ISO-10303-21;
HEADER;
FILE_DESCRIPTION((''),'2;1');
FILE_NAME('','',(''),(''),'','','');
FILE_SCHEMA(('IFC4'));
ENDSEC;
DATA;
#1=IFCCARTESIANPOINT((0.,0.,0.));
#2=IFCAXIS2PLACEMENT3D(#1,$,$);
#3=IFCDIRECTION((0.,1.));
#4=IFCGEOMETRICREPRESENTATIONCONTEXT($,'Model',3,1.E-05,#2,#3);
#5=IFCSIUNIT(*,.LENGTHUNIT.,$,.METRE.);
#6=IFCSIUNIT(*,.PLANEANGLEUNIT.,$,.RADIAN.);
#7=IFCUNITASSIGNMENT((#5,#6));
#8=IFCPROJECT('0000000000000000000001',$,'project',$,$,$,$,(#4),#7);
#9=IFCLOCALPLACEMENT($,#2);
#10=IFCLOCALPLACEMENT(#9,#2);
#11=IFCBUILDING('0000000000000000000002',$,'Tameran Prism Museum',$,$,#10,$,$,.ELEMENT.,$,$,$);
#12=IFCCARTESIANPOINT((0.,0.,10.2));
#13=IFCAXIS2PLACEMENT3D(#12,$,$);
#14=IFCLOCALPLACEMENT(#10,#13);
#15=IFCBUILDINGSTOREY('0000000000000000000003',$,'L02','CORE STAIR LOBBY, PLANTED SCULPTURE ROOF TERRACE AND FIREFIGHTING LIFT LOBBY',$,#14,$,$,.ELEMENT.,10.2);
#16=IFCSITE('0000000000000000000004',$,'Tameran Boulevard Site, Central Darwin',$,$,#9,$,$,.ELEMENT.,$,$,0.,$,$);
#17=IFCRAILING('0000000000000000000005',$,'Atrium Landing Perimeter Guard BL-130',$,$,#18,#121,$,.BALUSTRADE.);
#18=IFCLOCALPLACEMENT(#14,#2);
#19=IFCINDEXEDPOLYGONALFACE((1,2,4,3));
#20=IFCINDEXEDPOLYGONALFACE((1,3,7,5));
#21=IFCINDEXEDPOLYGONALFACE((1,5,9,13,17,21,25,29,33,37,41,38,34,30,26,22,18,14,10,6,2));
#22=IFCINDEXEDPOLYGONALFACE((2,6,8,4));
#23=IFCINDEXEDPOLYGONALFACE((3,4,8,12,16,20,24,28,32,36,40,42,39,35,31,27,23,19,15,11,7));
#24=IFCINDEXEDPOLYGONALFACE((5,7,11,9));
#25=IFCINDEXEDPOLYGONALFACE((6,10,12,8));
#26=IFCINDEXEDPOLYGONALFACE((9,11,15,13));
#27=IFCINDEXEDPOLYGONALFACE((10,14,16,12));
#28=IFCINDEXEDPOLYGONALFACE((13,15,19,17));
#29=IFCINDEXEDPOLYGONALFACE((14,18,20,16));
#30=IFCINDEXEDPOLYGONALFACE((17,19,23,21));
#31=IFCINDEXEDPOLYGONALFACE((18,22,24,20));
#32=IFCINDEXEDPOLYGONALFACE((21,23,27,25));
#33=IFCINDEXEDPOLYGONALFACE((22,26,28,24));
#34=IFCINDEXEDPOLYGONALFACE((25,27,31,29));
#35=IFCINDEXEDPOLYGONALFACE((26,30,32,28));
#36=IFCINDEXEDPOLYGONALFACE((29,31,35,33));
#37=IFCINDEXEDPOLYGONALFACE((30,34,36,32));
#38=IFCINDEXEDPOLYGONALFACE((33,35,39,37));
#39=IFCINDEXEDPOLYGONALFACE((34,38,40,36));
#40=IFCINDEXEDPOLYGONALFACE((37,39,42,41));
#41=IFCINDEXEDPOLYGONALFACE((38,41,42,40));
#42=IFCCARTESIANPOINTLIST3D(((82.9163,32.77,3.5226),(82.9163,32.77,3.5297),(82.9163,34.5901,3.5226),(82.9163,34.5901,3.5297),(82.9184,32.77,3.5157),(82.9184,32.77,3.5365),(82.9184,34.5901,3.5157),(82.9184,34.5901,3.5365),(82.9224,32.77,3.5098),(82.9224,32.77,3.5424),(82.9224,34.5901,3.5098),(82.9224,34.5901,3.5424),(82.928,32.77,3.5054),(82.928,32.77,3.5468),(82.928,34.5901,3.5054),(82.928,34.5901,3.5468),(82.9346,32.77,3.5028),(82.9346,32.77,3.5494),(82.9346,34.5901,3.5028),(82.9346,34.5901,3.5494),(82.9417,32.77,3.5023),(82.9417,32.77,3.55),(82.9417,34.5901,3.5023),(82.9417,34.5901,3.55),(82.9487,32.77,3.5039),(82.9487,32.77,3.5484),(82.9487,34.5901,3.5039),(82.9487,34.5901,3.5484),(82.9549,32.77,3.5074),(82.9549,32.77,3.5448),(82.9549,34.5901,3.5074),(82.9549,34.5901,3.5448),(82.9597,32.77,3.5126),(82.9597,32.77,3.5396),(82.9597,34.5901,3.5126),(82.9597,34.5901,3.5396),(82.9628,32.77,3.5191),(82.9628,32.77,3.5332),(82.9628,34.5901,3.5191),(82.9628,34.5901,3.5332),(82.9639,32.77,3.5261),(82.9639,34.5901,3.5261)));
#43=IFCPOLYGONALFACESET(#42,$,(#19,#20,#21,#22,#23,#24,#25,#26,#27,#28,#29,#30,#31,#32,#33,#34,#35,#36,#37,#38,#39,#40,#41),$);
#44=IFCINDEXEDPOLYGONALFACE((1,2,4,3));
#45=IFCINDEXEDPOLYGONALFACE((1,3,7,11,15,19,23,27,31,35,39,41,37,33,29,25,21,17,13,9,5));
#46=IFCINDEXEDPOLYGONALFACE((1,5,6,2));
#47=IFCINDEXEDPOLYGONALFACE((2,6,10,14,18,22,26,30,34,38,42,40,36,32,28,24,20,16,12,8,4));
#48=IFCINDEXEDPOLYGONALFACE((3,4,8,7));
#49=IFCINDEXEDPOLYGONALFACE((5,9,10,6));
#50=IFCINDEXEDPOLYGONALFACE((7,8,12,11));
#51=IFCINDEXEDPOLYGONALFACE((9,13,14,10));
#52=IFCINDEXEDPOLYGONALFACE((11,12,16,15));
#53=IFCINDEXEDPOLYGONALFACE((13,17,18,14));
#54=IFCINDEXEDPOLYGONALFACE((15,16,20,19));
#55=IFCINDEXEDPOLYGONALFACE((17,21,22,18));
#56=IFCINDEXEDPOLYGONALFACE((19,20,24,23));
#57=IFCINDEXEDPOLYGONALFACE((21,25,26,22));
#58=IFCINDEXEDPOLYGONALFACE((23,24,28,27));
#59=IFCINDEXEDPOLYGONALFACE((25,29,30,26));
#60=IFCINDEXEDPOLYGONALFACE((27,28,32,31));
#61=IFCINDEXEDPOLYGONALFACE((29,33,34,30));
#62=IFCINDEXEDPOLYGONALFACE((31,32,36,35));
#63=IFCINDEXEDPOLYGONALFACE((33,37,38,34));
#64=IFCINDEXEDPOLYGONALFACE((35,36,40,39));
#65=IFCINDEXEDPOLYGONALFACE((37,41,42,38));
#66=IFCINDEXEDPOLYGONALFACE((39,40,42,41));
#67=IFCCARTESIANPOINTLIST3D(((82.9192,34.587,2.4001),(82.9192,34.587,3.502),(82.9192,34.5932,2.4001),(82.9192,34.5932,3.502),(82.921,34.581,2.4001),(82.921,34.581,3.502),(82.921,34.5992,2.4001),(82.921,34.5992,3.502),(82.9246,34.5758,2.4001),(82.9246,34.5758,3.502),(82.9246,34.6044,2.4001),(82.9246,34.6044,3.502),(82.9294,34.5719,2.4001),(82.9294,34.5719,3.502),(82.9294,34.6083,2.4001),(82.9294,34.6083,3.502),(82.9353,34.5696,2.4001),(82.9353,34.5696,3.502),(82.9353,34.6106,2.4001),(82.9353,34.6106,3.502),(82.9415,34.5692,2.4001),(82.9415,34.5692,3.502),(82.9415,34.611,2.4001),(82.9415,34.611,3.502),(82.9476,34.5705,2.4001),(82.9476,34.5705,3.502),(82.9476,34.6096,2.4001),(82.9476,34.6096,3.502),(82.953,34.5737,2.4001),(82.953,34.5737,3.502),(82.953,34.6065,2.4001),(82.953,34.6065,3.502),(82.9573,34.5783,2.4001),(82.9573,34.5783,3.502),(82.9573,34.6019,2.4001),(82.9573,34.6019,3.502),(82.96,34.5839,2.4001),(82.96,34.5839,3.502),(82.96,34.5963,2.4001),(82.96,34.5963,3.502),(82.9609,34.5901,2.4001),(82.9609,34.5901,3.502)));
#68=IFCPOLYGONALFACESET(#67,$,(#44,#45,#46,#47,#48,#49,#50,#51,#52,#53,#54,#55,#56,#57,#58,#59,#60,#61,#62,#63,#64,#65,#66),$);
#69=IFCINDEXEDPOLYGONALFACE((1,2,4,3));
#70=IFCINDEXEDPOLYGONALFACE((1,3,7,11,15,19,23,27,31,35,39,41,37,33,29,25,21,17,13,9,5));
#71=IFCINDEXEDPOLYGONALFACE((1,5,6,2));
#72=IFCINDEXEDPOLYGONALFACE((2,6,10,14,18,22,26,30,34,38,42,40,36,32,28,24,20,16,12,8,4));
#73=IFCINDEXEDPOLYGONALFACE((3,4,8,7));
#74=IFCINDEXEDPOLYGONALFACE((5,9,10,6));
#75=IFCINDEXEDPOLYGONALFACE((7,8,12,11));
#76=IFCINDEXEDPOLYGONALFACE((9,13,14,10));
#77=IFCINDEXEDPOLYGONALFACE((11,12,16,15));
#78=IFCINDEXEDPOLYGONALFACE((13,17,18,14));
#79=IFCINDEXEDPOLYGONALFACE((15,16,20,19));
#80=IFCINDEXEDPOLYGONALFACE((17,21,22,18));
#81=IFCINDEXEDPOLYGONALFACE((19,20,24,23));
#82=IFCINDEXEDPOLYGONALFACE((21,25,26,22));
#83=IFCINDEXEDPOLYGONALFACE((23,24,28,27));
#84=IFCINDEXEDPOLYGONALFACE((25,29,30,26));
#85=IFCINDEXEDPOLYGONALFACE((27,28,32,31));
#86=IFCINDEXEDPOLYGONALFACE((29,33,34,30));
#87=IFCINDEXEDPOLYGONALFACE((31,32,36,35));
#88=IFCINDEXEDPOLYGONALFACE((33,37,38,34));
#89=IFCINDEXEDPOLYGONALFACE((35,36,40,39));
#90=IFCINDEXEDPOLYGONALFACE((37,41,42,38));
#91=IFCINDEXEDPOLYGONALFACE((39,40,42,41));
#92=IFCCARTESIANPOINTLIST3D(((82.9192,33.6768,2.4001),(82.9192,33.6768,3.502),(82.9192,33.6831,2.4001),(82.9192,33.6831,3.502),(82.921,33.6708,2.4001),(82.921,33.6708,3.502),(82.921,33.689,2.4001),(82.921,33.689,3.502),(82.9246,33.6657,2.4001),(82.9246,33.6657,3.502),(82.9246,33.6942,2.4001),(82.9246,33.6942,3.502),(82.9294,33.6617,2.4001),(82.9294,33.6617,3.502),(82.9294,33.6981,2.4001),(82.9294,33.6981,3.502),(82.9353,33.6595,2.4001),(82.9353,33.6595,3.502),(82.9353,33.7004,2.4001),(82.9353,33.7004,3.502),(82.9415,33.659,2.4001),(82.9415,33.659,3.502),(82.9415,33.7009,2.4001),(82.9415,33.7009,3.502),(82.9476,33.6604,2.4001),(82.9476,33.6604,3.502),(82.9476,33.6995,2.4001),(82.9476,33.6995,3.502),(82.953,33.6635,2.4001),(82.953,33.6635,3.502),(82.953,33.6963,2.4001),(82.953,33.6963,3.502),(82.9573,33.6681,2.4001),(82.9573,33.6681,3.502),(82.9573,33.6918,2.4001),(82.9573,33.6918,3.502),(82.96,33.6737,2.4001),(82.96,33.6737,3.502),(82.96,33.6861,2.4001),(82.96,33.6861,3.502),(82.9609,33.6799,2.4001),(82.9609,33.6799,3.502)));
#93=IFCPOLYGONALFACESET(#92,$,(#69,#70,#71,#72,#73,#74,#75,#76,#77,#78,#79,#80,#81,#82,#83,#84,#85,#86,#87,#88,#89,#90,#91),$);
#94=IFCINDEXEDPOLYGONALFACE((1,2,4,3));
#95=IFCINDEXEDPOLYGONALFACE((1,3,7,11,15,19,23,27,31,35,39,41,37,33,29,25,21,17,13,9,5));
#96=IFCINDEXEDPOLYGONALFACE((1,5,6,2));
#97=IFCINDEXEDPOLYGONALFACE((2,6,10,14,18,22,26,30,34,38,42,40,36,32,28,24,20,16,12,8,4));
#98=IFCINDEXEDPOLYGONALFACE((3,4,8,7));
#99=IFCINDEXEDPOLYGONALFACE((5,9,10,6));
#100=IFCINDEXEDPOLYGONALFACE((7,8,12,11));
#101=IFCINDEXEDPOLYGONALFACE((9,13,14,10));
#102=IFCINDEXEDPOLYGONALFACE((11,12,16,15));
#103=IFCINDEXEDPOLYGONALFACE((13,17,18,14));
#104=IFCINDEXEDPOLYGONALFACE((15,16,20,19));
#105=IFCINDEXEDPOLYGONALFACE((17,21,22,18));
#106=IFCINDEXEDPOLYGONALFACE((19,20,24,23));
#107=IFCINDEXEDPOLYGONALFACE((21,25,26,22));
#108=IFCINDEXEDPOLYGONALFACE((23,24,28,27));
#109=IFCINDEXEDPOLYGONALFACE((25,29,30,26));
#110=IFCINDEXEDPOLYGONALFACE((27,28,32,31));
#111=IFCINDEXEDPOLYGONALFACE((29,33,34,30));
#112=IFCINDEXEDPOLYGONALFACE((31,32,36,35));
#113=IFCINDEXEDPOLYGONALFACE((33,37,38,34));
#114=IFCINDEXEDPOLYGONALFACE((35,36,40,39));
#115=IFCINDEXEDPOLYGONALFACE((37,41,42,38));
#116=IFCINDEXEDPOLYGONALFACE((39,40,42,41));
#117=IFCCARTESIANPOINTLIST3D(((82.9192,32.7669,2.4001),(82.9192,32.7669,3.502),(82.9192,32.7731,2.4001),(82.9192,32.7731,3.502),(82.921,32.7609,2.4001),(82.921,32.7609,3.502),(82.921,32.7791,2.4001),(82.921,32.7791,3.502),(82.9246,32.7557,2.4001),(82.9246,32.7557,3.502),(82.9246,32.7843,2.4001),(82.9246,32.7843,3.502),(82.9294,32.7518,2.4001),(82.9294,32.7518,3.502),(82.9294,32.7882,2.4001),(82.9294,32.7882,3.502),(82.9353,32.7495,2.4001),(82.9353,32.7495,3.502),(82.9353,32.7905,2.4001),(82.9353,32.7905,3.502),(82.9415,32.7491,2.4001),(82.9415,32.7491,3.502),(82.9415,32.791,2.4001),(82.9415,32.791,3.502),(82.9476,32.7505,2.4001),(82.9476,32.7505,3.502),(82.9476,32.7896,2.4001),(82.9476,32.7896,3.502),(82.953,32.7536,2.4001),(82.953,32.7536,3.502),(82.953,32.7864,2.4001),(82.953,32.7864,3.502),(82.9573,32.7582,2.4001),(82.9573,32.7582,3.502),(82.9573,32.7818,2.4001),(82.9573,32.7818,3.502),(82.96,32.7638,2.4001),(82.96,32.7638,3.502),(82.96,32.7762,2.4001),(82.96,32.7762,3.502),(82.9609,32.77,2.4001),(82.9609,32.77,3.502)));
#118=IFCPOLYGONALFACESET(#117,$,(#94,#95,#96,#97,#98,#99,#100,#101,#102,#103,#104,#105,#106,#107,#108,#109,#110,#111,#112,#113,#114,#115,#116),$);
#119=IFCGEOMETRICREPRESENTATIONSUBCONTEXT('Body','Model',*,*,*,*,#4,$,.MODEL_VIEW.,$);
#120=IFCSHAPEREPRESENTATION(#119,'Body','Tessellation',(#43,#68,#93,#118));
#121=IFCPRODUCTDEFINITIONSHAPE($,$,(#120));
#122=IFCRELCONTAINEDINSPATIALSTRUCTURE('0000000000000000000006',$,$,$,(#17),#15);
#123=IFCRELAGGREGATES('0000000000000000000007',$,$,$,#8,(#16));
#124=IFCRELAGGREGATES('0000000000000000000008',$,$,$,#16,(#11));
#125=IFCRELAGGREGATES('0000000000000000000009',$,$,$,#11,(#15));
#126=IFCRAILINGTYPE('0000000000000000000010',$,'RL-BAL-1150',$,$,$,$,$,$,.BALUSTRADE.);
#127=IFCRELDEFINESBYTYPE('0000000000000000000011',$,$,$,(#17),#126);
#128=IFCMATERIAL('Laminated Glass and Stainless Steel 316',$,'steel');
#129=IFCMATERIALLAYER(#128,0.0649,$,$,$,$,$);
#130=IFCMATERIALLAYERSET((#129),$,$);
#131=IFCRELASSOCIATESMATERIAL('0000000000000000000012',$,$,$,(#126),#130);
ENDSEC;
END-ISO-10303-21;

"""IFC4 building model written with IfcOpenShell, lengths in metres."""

from ifc_helpers import new_model, si_unit, direction, frame, origin, origin_2d, place, context, subcontext, project, spatial, circle, extrude, material, layer, layer_set, type_object, element, save


model = new_model("IFC4")

# Units and contexts
model_context = context("Model", 3, precision=1e-05, world=origin(), true_north=direction((0.0, 1.0)))
body_context = subcontext(model_context, "Body", "Model", "MODEL_VIEW")
ifc_project = project(units=[si_unit("LENGTHUNIT", "METRE"), si_unit("PLANEANGLEUNIT", "RADIAN")], contexts=[model_context])

# Site, building, storey
site_placement = place(None, origin())
site = spatial("IfcSite", under=ifc_project, at=site_placement, Name="Tameran Boulevard Site, Central Darwin", CompositionType="ELEMENT", RefElevation=0.0)
building_placement = place(site_placement, origin())
building = spatial("IfcBuilding", under=site, at=building_placement, Name="Tameran Prism Museum", CompositionType="ELEMENT")
storey_placement = place(building_placement, frame((0.0, 0.0, 10.2)))
storey = spatial("IfcBuildingStorey", under=building, at=storey_placement, Name="L02", Description="CORE STAIR LOBBY, PLANTED SCULPTURE ROOF TERRACE AND FIREFIGHTING LIFT LOBBY", CompositionType="ELEMENT", Elevation=10.2)

# Railing
ifc_material_1 = material(Name="Laminated Glass and Stainless Steel 316", Category="steel")
ifc_layer_1 = layer(ifc_material_1, 0.0649)
ifc_layer_set_1 = layer_set([ifc_layer_1])
railing_type = type_object("IfcRailingType", Name="RL-BAL-1150", PredefinedType="BALUSTRADE", material=ifc_layer_set_1)
railing_1_placement = place(storey_placement, frame((82.9399, 34.5901, 2.4001)))
element("IfcRailing", 1, at=railing_1_placement, inside=storey, type_object=railing_type, Name="Atrium Landing Perimeter Guard BL-130", PredefinedType="BALUSTRADE", context=body_context, shape_type="SweptSolid", body=[
    extrude(circle(Radius=0.0239, at=origin_2d()), frame((0.0, 0.0, 1.126), z_axis=(0.0, -1.0, 0.0), x_axis=(1.0, 0.0, 0.0)), (0.0, 0.0, 1.0), 1.8201),
    extrude(circle(Radius=0.021, at=origin_2d()), origin(), (0.0, 0.0, 1.0), 1.1018),
    extrude(circle(Radius=0.021, at=origin_2d()), frame((0.0, -0.9102, 0.0)), (0.0, 0.0, 1.0), 1.1018),
    extrude(circle(Radius=0.021, at=origin_2d()), frame((0.0, -1.8201, 0.0)), (0.0, 0.0, 1.0), 1.1018),
])

save(model, "model.ifc")
